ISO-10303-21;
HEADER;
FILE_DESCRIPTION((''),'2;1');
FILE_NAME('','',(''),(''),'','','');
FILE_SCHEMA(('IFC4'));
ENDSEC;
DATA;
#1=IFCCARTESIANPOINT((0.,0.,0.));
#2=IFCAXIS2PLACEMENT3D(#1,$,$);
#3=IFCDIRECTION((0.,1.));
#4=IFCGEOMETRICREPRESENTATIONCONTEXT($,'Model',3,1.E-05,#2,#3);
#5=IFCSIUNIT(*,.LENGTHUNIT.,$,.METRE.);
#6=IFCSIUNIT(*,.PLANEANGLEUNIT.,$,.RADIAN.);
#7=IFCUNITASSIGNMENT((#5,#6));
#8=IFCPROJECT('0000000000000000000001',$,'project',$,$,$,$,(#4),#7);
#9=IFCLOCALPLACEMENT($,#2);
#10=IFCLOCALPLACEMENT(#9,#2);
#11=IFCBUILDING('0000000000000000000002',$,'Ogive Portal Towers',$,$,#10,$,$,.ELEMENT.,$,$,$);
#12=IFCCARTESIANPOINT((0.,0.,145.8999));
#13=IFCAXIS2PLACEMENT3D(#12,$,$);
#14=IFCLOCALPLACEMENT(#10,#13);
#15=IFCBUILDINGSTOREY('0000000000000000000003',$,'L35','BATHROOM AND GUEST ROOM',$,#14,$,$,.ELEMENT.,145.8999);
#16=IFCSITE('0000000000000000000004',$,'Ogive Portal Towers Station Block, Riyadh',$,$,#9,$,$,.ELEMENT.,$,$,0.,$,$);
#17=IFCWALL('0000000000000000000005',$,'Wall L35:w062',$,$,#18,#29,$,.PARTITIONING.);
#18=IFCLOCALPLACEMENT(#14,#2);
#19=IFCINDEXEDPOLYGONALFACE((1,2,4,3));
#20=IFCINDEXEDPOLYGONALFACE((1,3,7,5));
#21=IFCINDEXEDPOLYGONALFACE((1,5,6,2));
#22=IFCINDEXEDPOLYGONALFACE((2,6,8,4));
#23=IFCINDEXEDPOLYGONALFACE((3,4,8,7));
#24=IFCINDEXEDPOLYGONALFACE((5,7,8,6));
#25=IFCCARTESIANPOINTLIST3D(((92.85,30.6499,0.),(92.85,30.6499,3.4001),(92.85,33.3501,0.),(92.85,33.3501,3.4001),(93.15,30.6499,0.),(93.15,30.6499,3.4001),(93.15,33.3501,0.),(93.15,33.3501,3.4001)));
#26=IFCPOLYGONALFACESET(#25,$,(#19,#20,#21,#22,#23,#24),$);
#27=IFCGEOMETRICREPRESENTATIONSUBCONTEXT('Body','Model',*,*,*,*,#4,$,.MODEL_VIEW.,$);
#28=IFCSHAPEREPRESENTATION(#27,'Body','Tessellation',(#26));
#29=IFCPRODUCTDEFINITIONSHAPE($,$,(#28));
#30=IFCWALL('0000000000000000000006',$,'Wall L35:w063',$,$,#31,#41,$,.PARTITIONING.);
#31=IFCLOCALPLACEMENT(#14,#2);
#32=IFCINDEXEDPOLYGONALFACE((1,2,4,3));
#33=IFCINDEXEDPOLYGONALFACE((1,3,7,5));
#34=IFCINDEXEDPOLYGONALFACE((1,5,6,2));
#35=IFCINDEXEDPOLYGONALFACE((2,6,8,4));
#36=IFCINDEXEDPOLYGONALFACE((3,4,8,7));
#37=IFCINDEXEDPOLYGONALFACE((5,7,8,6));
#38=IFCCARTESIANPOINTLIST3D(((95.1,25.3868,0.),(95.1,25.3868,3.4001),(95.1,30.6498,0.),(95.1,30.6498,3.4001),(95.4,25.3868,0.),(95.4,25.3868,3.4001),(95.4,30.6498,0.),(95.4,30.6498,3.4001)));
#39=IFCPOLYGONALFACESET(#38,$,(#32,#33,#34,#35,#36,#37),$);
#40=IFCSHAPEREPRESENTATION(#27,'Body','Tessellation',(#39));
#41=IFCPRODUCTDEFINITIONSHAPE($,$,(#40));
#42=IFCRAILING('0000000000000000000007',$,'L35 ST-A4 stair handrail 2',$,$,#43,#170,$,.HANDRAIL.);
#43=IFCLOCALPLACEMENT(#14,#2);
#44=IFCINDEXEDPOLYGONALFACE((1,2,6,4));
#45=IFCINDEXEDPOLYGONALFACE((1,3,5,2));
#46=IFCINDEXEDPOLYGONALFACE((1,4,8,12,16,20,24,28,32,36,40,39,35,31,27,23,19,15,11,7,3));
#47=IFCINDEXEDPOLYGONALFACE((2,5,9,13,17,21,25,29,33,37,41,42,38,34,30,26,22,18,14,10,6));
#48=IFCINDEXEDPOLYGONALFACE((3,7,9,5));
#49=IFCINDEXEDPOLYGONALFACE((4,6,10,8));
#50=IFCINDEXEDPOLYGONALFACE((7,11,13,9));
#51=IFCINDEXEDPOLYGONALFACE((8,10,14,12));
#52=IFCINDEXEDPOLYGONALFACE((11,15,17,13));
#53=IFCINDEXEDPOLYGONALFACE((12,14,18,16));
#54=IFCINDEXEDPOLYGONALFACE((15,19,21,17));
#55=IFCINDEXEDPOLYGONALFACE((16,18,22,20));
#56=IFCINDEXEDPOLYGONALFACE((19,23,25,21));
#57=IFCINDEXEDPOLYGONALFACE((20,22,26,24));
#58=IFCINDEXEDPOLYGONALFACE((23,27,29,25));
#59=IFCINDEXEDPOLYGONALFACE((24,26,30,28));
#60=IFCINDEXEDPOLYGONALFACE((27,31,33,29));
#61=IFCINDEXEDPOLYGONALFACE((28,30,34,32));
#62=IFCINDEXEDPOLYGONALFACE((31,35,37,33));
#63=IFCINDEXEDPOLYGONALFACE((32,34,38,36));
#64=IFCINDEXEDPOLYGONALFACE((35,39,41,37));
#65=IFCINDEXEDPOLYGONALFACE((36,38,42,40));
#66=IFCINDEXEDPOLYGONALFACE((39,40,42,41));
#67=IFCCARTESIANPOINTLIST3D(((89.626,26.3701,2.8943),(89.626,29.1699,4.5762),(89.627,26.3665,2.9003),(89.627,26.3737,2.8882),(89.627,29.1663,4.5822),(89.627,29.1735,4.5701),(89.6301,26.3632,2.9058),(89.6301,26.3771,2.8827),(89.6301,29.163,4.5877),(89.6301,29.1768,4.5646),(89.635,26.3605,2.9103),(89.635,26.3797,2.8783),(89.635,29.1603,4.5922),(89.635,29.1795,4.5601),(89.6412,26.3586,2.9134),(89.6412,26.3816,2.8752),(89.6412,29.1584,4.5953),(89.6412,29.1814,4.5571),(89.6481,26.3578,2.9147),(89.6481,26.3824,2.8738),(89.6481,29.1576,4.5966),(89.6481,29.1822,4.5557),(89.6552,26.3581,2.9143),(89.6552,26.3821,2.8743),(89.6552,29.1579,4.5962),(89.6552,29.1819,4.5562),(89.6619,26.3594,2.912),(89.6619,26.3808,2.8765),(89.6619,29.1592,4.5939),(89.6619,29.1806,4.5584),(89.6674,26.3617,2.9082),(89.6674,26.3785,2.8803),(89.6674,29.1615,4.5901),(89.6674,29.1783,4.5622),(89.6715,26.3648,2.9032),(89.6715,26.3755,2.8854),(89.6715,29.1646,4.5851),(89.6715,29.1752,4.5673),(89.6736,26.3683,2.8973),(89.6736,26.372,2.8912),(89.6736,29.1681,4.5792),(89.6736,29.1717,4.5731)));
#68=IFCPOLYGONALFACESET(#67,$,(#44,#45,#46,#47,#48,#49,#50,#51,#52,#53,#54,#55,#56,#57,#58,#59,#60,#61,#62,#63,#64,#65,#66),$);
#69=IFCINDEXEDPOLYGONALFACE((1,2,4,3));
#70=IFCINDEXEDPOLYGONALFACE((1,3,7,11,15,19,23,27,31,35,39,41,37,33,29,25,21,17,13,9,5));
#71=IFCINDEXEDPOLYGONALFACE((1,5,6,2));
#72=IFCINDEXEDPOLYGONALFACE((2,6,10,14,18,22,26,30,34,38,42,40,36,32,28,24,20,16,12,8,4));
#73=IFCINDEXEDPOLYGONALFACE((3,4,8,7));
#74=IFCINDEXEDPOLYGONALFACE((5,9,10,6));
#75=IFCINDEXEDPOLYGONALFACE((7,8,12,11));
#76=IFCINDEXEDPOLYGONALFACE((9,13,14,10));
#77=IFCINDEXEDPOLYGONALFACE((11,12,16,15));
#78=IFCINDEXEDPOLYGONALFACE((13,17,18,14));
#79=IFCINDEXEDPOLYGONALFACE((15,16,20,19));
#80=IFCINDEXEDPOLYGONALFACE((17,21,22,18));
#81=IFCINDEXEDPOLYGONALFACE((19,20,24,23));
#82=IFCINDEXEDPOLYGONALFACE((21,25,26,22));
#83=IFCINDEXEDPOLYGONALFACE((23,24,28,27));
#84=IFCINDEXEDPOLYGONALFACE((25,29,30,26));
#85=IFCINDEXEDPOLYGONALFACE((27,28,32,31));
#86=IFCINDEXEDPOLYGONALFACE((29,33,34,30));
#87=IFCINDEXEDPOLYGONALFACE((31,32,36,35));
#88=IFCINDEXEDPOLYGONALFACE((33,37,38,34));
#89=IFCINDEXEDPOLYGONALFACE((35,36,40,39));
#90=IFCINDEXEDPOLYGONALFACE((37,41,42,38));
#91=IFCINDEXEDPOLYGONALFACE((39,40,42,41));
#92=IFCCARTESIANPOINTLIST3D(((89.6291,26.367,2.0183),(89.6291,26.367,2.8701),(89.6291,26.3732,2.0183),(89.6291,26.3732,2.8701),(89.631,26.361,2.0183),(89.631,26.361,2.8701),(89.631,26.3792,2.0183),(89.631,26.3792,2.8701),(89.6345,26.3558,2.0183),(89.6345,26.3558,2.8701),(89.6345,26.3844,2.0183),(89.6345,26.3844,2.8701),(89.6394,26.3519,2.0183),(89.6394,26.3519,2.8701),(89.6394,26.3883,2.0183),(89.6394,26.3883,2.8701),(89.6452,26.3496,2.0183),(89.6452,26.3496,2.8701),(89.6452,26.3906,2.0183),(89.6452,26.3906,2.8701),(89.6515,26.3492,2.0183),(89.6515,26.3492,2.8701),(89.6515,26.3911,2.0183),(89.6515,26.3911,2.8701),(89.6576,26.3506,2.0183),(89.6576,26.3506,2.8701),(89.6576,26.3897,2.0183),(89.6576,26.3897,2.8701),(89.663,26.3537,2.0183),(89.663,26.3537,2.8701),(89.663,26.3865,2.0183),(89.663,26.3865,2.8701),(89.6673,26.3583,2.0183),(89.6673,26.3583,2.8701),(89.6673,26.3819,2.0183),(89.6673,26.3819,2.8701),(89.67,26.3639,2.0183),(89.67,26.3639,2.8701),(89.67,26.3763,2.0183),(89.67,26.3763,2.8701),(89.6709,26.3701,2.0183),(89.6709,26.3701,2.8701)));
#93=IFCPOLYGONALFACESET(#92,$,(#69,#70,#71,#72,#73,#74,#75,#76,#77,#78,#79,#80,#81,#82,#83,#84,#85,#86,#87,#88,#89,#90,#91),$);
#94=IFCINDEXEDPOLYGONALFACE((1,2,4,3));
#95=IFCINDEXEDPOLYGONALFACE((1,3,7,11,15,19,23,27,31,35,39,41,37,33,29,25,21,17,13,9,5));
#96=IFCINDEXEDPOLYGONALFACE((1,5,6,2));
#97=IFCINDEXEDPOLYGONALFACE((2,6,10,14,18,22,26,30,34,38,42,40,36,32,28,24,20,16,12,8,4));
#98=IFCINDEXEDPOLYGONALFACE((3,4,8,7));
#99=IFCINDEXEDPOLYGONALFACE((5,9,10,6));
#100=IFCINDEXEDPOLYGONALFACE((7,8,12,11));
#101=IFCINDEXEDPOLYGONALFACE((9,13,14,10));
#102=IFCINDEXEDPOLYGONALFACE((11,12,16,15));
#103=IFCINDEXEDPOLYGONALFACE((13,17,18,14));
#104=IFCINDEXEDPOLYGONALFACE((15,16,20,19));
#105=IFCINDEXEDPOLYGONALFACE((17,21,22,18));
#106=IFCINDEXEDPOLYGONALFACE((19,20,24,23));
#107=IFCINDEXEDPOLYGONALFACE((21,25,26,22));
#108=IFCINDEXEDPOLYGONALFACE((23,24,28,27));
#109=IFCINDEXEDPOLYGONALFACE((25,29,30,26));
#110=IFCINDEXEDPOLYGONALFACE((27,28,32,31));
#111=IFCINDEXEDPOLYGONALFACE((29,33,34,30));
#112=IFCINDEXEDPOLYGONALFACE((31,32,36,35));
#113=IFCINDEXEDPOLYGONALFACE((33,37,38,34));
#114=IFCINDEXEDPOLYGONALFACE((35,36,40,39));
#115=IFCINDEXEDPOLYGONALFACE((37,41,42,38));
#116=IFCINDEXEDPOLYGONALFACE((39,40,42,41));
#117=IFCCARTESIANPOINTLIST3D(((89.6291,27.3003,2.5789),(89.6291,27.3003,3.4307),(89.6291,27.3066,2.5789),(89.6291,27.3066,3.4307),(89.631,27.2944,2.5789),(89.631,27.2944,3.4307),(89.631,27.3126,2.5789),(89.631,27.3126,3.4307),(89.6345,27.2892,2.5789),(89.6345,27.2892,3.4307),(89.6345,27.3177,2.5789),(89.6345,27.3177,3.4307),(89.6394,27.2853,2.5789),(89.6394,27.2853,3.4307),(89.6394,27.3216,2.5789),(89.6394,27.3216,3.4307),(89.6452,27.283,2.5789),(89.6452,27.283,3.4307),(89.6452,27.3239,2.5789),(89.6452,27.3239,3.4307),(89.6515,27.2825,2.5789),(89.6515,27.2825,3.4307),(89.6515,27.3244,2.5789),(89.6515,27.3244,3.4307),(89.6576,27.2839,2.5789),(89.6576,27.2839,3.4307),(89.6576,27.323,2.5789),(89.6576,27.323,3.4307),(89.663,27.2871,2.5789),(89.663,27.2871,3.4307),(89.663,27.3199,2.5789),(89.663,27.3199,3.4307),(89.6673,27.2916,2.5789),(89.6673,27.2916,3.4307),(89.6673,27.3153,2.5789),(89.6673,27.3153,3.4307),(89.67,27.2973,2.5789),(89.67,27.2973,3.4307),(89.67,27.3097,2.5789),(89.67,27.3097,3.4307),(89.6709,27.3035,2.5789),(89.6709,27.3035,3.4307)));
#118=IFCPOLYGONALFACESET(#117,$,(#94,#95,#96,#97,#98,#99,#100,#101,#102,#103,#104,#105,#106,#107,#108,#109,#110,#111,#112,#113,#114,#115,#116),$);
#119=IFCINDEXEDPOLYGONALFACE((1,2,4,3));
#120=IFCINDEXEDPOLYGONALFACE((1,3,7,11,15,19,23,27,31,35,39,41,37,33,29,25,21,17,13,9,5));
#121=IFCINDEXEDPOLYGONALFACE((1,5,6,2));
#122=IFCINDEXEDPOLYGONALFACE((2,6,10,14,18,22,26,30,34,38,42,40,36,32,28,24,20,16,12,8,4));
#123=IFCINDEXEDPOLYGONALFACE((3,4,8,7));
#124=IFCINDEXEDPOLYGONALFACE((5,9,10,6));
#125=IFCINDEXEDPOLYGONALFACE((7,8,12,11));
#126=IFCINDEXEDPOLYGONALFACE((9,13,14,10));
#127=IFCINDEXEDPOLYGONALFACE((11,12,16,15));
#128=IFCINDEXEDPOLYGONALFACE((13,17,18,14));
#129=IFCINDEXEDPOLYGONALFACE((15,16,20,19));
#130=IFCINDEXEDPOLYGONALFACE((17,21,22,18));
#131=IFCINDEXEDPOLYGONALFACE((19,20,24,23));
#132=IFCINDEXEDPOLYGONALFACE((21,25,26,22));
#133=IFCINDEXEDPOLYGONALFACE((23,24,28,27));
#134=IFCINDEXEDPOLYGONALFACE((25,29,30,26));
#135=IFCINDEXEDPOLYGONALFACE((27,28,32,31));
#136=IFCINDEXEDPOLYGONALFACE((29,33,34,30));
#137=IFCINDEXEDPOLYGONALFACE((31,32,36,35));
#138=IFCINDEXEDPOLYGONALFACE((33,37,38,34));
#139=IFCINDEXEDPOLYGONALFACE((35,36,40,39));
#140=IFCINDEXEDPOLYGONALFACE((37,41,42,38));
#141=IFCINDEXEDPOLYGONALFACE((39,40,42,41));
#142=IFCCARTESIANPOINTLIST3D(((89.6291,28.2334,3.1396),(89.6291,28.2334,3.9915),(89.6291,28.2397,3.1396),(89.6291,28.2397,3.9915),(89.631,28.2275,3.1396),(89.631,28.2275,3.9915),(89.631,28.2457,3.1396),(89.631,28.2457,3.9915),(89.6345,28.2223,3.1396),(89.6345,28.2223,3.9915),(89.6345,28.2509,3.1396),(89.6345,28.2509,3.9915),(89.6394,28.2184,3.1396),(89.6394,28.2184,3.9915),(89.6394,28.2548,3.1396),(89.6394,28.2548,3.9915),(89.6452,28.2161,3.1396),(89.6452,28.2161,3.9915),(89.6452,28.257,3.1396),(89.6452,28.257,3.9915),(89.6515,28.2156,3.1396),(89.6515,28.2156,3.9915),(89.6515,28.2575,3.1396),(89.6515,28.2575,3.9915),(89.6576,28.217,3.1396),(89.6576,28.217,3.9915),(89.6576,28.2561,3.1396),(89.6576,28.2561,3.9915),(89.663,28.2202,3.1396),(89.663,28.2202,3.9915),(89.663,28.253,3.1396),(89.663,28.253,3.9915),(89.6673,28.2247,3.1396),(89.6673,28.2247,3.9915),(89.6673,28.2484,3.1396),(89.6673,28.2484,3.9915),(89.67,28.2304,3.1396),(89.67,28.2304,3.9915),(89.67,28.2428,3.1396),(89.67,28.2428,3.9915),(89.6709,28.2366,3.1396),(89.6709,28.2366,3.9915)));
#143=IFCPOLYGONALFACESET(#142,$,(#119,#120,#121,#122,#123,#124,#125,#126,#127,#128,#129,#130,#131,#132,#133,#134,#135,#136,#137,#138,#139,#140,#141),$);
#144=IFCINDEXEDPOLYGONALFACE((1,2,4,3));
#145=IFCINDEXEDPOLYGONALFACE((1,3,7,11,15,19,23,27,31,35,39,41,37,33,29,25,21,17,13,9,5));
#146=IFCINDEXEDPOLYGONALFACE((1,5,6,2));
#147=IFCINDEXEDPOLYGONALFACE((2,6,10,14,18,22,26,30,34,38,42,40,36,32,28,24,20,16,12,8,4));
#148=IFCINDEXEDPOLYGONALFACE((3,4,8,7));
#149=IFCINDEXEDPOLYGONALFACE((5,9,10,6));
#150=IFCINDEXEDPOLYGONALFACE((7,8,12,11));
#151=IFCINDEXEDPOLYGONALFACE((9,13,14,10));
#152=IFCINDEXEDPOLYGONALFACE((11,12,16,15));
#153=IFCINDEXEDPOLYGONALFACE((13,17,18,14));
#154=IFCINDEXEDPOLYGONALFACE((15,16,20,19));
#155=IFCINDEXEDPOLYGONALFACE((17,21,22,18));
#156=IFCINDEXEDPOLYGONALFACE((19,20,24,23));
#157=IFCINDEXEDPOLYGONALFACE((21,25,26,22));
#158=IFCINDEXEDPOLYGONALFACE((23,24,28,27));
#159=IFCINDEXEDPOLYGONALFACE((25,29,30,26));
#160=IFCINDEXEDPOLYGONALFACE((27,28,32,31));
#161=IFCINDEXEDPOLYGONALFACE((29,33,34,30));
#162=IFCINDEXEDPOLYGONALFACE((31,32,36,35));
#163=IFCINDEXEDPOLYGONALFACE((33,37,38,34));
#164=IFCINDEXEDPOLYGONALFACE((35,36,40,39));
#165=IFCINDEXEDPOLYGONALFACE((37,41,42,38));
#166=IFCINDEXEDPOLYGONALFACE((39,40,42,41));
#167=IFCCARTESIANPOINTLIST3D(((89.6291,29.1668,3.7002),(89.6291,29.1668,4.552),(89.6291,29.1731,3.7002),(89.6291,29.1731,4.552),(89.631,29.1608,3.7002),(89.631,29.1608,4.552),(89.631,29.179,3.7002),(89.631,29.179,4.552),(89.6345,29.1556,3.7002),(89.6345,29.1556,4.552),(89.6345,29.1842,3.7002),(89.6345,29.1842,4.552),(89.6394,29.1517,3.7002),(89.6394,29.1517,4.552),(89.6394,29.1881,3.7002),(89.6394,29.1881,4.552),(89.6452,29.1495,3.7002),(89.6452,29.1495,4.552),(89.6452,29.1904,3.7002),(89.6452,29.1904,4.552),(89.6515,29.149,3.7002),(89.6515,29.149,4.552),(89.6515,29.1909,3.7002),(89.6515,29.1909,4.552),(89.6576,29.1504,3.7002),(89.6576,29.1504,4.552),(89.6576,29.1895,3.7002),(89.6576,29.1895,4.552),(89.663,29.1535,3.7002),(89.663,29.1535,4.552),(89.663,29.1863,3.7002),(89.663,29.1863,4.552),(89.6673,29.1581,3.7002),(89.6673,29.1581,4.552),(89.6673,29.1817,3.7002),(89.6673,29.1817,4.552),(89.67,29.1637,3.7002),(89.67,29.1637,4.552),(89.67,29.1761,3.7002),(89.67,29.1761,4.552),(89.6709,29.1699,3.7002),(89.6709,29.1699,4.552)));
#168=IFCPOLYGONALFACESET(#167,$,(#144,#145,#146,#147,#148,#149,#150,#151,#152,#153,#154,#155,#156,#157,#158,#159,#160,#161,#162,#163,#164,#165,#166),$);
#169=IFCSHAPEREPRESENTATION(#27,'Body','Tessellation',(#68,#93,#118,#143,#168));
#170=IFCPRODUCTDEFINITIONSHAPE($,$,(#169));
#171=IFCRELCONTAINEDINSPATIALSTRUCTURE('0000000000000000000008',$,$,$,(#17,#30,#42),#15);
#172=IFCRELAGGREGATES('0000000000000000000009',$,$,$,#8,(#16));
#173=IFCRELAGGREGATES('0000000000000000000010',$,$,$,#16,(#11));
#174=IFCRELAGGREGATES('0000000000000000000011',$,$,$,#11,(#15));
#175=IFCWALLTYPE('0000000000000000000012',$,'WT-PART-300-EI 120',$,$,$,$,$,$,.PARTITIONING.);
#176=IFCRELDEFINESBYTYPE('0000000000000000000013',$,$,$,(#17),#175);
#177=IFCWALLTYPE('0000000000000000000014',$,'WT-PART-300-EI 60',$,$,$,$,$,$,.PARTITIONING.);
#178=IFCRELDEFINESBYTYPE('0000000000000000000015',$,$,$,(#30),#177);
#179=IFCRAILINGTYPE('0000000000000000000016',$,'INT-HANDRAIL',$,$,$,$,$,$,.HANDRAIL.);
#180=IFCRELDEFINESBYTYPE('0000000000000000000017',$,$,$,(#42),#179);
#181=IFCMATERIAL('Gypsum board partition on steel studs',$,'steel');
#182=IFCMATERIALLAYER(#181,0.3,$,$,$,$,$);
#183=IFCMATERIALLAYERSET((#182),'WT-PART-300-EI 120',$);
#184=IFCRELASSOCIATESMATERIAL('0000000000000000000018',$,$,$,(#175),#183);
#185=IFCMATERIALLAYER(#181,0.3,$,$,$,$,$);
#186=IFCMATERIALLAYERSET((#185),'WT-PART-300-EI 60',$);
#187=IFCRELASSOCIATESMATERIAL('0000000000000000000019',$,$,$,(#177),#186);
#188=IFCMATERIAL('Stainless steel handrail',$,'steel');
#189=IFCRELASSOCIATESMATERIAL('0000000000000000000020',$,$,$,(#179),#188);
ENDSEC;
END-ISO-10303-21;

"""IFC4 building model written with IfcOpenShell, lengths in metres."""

from ifc_helpers import new_model, si_unit, direction, frame, frame_2d, origin, origin_2d, place, context, subcontext, project, spatial, rectangle, circle, extrude, material, layer, layer_set, type_object, element, save


model = new_model("IFC4")

# Units and contexts
model_context = context("Model", 3, precision=1e-05, world=origin(), true_north=direction((0.0, 1.0)))
body_context = subcontext(model_context, "Body", "Model", "MODEL_VIEW")
ifc_project = project(units=[si_unit("LENGTHUNIT", "METRE"), si_unit("PLANEANGLEUNIT", "RADIAN")], contexts=[model_context])

# Site, building, storey
site_placement = place(None, origin())
site = spatial("IfcSite", under=ifc_project, at=site_placement, Name="Ogive Portal Towers Station Block, Riyadh", CompositionType="ELEMENT", RefElevation=0.0)
building_placement = place(site_placement, origin())
building = spatial("IfcBuilding", under=site, at=building_placement, Name="Ogive Portal Towers", CompositionType="ELEMENT")
storey_placement = place(building_placement, frame((0.0, 0.0, 145.8999)))
storey = spatial("IfcBuildingStorey", under=building, at=storey_placement, Name="L35", Description="BATHROOM AND GUEST ROOM", CompositionType="ELEMENT", Elevation=145.8999)

# Walls
ifc_material_1 = material(Name="Gypsum board partition on steel studs", Category="steel")
ifc_layer_1 = layer(ifc_material_1, 0.3)
ifc_layer_set_1 = layer_set([ifc_layer_1], Name="WT-PART-300-EI 120")
wall_type_1 = type_object("IfcWallType", Name="WT-PART-300-EI 120", PredefinedType="PARTITIONING", material=ifc_layer_set_1)
wall_1_placement = place(storey_placement, frame((93.0, 30.6499, 0.0), z_axis=(0.0, 0.0, 1.0), x_axis=(0.0, 1.0, 0.0)))
element("IfcWall", 1, at=wall_1_placement, inside=storey, type_object=wall_type_1, Name="Wall L35:w062", PredefinedType="PARTITIONING", context=body_context, shape_type="SweptSolid", body=[
    extrude(rectangle(XDim=2.7002, YDim=0.3, at=frame_2d((1.3501, 0.0))), origin(), (0.0, 0.0, 1.0), 3.4001),
])
ifc_layer_2 = layer(ifc_material_1, 0.3)
ifc_layer_set_2 = layer_set([ifc_layer_2], Name="WT-PART-300-EI 60")
wall_type_2 = type_object("IfcWallType", Name="WT-PART-300-EI 60", PredefinedType="PARTITIONING", material=ifc_layer_set_2)
wall_2_placement = place(storey_placement, frame((95.25, 25.387, 0.0), z_axis=(0.0, 0.0, 1.0), x_axis=(0.0, 1.0, 0.0)))
element("IfcWall", 2, at=wall_2_placement, inside=storey, type_object=wall_type_2, Name="Wall L35:w063", PredefinedType="PARTITIONING", context=body_context, shape_type="SweptSolid", body=[
    extrude(rectangle(XDim=5.2629, YDim=0.3, at=frame_2d((2.6313, 0.0))), origin(), (0.0, 0.0, 1.0), 3.4001),
])

# Railing
ifc_material_2 = material(Name="Stainless steel handrail", Category="steel")
railing_type = type_object("IfcRailingType", Name="INT-HANDRAIL", PredefinedType="HANDRAIL", material=ifc_material_2)
railing_placement = place(storey_placement, frame((89.6499, 26.3701, 2.0183)))
element("IfcRailing", 3, at=railing_placement, inside=storey, type_object=railing_type, Name="L35 ST-A4 stair handrail 2", PredefinedType="HANDRAIL", context=body_context, shape_type="SweptSolid", body=[
    extrude(circle(Radius=0.0239, at=origin_2d()), frame((0.0, 0.0, 0.876), z_axis=(0.0, 0.857222, 0.514946), x_axis=(-1.0, 0.0, 0.0)), (0.0, 0.0, 1.0), 3.2661),
    extrude(circle(Radius=0.021, at=origin_2d()), origin(), (0.0, 0.0, 1.0), 0.8518),
    extrude(circle(Radius=0.021, at=origin_2d()), frame((0.0, 0.9333, 0.5605)), (0.0, 0.0, 1.0), 0.8518),
    extrude(circle(Radius=0.021, at=origin_2d()), frame((0.0, 1.8665, 1.1213)), (0.0, 0.0, 1.0), 0.8518),
    extrude(circle(Radius=0.021, at=origin_2d()), frame((0.0, 2.7998, 1.6819)), (0.0, 0.0, 1.0), 0.8518),
])

save(model, "model.ifc")
